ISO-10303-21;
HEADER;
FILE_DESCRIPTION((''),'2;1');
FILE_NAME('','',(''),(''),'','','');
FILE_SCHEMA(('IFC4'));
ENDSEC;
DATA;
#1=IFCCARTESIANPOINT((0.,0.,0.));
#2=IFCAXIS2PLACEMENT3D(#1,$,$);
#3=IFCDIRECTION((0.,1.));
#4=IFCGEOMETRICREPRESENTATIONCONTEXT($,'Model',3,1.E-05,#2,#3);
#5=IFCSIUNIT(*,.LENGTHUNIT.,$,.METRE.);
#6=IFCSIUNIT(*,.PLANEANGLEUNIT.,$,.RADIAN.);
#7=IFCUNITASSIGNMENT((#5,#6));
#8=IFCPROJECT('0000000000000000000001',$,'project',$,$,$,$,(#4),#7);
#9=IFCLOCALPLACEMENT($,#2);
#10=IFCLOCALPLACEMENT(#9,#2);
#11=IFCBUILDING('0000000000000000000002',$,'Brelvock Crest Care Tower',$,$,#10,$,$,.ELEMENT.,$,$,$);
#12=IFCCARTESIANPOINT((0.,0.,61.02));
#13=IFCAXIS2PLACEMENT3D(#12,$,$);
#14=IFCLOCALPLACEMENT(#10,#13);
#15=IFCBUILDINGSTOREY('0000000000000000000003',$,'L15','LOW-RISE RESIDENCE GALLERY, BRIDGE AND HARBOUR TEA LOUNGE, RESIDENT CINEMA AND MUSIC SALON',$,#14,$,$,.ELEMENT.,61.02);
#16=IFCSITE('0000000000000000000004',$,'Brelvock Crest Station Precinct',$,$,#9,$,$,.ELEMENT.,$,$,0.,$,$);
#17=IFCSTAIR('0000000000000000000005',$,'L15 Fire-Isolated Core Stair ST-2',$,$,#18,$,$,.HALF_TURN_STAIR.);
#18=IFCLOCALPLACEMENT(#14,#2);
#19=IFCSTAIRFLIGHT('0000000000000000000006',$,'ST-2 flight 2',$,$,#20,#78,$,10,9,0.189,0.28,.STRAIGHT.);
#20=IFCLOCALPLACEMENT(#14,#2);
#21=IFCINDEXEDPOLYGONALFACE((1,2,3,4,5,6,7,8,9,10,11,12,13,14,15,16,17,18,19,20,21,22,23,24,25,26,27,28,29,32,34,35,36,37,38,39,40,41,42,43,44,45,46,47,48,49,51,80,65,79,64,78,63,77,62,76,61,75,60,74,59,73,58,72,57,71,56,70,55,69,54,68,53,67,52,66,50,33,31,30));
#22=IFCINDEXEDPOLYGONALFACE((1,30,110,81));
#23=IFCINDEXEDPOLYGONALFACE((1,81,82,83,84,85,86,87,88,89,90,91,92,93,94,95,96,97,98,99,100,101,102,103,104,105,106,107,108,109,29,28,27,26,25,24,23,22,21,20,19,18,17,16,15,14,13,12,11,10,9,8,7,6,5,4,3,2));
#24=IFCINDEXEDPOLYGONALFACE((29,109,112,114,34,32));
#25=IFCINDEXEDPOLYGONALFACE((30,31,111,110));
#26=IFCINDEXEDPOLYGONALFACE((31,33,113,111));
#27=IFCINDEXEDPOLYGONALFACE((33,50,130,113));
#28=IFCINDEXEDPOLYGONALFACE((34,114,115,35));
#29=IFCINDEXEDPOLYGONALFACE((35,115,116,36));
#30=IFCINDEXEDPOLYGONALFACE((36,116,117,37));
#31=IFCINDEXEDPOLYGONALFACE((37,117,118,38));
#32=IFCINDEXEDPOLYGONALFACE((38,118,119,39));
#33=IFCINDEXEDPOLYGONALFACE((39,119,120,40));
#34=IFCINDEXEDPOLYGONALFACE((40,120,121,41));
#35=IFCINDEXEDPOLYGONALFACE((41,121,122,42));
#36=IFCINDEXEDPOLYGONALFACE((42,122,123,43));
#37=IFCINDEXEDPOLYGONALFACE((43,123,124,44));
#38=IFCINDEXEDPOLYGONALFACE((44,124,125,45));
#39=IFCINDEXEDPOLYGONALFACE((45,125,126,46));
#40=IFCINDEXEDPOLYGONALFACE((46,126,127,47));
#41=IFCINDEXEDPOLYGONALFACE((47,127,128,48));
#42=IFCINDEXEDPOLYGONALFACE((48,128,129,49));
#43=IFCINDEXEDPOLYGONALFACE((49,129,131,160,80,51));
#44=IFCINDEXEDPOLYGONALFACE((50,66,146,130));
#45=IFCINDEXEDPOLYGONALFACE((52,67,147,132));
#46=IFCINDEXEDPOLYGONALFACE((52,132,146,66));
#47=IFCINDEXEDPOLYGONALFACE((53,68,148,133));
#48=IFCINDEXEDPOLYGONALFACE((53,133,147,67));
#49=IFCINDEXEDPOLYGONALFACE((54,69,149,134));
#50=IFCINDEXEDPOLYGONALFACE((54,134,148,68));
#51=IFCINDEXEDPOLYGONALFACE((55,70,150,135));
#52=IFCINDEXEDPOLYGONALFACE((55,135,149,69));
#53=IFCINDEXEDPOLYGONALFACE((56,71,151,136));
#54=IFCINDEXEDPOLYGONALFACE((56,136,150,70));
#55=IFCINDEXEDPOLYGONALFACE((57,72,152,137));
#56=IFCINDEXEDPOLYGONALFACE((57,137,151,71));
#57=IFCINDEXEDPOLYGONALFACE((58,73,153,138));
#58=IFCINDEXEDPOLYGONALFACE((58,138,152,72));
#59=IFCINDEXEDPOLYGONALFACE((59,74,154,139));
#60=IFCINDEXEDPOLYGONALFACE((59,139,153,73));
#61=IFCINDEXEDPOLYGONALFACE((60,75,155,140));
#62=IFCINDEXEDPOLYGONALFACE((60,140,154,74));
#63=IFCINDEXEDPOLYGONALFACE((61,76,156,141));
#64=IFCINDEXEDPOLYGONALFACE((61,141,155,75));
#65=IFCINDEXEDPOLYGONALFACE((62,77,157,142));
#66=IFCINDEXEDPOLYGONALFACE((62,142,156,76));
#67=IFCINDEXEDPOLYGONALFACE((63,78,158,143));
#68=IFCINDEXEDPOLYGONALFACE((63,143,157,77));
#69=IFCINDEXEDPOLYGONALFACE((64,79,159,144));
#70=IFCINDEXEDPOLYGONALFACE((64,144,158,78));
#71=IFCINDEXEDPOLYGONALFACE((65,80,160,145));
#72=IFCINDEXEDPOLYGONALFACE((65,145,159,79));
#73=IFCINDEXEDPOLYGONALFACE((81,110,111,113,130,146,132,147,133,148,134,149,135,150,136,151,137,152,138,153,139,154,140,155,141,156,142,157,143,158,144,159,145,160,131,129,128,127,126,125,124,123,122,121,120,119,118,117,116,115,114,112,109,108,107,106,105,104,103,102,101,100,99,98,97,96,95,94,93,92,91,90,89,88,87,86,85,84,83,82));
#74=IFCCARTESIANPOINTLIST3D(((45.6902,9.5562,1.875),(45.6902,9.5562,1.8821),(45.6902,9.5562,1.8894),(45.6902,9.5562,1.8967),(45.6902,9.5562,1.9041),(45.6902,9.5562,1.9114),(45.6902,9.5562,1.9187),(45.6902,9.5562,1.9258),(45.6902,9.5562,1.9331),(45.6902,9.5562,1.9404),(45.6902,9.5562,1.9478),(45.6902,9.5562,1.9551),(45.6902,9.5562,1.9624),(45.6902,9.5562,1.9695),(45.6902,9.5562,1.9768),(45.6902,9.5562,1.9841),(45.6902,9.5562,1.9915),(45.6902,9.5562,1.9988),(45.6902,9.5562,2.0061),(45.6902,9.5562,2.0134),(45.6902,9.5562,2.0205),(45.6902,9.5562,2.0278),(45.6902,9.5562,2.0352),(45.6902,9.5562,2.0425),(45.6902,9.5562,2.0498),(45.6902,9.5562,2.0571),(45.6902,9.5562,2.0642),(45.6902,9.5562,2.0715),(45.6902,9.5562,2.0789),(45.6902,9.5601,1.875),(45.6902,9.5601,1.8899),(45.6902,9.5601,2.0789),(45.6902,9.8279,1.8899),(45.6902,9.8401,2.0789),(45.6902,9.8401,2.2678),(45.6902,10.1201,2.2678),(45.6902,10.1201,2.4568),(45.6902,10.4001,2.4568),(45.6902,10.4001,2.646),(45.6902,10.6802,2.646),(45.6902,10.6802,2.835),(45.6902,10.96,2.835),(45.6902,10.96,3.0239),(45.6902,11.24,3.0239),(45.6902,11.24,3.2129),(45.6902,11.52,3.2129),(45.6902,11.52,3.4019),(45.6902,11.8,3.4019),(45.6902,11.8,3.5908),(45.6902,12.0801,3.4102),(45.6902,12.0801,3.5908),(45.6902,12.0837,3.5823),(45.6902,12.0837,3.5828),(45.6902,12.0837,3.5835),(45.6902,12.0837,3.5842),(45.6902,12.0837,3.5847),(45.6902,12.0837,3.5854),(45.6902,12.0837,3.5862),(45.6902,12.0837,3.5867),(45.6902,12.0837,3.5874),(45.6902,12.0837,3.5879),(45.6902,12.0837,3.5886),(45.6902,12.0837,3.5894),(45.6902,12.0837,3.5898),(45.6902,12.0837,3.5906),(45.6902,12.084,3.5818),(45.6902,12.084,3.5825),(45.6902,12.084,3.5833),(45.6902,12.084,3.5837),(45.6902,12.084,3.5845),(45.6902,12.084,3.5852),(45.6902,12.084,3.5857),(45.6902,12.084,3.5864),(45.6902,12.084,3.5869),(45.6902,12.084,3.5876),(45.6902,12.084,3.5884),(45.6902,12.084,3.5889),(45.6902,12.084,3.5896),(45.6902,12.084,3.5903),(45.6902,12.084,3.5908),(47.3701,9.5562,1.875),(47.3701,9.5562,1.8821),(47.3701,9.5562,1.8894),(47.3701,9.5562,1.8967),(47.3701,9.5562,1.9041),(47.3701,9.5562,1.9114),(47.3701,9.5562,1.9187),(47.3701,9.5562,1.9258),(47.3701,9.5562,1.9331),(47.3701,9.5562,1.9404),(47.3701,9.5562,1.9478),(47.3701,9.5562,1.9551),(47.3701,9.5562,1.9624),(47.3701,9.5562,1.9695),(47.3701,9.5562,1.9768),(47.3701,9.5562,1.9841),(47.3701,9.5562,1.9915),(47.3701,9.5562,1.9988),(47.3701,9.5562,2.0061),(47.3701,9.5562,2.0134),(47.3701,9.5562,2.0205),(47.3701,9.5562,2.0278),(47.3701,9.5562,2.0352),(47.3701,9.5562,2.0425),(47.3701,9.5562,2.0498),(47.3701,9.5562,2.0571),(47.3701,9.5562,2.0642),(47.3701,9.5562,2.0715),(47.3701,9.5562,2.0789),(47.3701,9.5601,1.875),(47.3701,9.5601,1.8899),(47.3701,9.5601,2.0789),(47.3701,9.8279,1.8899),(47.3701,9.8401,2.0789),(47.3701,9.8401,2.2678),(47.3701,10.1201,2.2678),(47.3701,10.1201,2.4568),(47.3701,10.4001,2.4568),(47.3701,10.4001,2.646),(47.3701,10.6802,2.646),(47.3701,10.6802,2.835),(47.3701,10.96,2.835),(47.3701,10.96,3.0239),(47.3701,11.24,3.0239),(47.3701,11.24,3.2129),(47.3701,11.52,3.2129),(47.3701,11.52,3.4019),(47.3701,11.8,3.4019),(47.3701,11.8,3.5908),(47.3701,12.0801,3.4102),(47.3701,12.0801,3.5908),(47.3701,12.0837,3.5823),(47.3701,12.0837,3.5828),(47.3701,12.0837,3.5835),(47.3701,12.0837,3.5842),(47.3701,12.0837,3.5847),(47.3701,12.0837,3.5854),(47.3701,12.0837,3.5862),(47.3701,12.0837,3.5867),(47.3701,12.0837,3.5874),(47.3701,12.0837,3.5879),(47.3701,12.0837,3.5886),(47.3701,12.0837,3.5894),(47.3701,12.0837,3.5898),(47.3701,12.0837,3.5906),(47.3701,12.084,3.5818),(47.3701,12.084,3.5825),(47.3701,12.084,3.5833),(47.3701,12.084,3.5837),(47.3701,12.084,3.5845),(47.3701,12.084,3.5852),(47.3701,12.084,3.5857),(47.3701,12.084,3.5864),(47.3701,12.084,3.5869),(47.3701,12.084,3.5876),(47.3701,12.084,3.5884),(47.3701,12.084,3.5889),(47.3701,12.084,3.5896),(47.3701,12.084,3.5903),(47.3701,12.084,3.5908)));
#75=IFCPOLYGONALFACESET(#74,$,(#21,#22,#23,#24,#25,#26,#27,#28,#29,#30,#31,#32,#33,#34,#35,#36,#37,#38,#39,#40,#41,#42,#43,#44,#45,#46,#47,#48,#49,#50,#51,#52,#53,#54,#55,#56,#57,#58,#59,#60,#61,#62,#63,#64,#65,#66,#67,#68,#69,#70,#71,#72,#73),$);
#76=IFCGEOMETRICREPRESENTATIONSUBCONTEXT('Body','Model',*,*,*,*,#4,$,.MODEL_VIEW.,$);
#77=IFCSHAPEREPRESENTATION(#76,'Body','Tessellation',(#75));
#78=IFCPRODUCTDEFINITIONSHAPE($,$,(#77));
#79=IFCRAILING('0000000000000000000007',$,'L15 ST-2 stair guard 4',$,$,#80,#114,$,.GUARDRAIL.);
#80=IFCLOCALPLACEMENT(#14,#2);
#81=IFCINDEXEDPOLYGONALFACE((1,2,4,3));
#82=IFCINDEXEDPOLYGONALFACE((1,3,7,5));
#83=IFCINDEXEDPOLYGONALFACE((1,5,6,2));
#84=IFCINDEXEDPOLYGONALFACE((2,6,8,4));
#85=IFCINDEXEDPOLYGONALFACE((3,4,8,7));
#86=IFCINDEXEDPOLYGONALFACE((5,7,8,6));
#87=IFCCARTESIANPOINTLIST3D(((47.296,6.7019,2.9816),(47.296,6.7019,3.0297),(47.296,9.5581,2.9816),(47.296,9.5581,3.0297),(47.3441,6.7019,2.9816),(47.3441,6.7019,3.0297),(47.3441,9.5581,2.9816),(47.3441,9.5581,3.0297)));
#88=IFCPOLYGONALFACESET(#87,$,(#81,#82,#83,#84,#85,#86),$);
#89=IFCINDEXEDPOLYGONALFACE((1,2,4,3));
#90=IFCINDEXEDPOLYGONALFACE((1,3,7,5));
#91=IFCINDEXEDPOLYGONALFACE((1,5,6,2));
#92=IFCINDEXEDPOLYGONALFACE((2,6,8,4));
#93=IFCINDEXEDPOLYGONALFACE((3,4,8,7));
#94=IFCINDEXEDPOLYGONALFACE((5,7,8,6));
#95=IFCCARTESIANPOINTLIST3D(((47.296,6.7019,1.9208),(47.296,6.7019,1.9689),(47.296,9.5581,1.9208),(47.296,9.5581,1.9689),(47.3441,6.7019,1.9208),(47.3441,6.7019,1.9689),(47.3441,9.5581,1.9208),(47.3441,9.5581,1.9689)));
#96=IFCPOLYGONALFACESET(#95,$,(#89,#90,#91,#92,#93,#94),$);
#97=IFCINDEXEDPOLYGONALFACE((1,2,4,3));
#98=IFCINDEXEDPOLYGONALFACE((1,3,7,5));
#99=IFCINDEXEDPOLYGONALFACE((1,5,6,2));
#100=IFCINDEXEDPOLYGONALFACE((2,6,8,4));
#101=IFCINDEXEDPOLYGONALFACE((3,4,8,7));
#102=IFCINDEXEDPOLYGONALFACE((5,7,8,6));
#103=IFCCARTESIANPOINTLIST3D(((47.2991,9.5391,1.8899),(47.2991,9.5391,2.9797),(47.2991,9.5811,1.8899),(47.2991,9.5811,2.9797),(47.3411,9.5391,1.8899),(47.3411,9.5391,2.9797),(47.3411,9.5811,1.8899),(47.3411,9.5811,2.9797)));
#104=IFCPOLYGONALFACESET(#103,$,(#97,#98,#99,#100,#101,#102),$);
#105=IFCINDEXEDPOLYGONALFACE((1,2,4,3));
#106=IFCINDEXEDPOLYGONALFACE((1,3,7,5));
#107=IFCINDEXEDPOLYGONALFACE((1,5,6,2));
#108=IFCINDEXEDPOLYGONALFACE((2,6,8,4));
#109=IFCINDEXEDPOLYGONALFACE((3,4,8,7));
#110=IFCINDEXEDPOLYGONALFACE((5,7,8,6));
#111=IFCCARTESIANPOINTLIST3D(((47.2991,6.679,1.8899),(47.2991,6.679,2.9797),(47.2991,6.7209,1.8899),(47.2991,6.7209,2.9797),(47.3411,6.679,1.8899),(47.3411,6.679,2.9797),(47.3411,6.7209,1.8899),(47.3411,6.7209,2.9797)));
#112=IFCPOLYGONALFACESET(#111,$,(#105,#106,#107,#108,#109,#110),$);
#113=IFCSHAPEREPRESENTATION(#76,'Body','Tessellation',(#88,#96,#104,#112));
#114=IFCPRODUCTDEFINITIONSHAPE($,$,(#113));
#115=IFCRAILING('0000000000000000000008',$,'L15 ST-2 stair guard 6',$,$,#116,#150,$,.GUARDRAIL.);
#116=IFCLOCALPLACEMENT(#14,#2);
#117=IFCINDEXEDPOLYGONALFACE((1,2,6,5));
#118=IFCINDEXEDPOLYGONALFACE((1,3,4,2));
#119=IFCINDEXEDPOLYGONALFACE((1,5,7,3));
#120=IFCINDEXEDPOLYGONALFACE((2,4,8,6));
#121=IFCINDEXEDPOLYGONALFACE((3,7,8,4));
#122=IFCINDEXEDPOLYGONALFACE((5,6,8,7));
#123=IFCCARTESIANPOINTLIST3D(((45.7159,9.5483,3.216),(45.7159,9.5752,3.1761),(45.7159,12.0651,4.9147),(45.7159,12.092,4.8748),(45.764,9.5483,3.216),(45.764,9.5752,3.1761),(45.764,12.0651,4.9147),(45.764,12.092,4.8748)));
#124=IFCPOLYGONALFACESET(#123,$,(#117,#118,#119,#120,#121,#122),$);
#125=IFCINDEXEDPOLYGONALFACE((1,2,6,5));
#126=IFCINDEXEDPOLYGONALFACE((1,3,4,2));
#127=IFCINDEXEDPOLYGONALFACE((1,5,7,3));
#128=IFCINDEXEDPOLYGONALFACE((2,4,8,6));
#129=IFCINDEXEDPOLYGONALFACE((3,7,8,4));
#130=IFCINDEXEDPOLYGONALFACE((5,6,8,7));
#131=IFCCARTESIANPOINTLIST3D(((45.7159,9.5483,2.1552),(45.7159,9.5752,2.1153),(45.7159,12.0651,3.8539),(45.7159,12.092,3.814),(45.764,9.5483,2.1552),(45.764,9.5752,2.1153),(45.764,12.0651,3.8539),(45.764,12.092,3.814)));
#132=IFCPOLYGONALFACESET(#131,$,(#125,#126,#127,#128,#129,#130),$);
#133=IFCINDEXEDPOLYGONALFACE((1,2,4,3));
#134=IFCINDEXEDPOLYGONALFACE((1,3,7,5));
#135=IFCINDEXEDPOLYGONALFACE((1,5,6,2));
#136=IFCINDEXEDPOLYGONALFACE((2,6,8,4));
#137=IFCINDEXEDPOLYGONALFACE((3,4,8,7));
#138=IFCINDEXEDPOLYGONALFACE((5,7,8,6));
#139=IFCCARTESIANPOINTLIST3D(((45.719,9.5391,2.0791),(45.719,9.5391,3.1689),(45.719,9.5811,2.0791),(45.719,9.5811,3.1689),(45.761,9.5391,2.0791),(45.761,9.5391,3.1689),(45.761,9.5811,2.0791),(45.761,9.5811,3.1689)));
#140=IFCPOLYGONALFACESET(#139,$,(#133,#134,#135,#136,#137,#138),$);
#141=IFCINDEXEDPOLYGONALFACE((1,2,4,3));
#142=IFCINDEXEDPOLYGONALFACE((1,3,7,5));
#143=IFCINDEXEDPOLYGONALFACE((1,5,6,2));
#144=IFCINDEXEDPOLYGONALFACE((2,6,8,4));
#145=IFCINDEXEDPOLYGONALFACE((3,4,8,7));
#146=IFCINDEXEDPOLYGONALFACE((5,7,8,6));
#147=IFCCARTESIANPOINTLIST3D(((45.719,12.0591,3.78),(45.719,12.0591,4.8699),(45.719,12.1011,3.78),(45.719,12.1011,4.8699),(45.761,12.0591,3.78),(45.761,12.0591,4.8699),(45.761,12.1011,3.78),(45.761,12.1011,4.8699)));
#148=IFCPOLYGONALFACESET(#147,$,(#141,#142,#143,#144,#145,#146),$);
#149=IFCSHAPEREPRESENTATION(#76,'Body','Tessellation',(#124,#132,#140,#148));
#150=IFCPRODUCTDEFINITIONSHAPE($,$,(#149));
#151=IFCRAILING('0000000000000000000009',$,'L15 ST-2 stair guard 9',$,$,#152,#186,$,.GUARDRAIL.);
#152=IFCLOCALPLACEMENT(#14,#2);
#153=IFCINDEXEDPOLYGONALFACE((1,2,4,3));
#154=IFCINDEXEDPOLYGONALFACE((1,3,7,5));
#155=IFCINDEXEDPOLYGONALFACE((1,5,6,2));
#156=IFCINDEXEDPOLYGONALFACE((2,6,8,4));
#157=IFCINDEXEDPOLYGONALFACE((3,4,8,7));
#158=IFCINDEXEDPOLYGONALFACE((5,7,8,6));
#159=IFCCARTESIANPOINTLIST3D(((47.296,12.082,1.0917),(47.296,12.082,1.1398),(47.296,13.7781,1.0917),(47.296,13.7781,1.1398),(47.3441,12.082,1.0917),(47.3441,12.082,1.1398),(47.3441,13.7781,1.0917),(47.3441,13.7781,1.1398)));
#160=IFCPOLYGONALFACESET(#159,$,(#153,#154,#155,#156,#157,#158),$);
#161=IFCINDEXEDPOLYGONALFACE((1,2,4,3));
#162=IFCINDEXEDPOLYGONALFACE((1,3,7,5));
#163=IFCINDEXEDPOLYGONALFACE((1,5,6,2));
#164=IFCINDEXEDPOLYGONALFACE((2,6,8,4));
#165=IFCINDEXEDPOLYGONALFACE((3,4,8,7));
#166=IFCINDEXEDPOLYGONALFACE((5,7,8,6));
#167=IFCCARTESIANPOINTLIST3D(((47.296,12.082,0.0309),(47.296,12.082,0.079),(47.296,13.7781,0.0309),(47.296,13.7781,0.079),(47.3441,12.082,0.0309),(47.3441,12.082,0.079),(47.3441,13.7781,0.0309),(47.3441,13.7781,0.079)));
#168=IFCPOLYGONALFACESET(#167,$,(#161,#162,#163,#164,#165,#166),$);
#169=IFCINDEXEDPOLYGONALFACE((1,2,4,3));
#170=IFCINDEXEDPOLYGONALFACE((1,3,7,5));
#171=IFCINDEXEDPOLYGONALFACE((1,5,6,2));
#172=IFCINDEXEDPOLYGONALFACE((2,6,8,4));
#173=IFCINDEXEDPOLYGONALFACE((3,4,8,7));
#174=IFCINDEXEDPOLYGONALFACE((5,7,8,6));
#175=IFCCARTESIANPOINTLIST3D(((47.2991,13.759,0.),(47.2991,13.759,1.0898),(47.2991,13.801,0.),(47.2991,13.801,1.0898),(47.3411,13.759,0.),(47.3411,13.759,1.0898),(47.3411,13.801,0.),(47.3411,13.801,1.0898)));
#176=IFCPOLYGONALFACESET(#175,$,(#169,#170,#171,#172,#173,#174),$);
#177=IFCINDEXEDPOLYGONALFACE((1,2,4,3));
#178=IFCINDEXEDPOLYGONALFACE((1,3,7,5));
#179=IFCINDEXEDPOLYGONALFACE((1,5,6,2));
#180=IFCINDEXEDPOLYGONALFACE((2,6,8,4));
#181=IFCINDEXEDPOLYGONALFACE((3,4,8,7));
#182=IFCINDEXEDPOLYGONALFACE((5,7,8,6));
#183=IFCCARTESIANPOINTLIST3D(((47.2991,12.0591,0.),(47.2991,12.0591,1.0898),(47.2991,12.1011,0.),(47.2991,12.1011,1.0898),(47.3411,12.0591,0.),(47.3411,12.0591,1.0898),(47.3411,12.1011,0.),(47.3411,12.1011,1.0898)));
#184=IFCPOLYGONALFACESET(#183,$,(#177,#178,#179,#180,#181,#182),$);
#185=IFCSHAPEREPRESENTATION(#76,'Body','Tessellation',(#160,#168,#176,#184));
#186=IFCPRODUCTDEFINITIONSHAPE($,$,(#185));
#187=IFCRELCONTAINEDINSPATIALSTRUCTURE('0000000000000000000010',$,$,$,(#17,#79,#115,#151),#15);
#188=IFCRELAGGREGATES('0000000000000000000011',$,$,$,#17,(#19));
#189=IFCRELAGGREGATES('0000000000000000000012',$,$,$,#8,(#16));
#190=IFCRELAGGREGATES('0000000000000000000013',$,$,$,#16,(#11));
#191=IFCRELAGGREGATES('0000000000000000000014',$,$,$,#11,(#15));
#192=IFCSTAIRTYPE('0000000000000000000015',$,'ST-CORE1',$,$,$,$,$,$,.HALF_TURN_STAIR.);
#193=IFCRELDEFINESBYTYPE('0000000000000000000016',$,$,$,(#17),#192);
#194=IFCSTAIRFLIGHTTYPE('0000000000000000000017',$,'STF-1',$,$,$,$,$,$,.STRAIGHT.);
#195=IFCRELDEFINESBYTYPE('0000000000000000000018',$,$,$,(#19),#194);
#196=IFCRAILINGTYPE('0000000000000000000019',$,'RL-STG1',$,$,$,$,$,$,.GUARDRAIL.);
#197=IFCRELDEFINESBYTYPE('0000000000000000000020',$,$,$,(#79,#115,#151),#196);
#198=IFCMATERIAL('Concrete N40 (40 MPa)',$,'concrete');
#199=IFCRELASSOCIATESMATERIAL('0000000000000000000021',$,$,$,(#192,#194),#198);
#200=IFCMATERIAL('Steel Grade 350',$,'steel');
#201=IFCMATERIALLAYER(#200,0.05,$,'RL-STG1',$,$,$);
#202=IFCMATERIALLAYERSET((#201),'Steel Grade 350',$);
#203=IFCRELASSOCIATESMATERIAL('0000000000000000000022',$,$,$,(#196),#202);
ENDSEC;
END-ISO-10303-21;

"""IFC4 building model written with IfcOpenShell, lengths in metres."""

from ifc_helpers import new_model, si_unit, direction, frame, origin, origin_2d, place, context, subcontext, project, spatial, polyline, rectangle, outline, extrude, material, layer, layer_set, type_object, element, aggregate, save


model = new_model("IFC4")

# Units and contexts
model_context = context("Model", 3, precision=1e-05, world=origin(), true_north=direction((0.0, 1.0)))
body_context = subcontext(model_context, "Body", "Model", "MODEL_VIEW")
ifc_project = project(units=[si_unit("LENGTHUNIT", "METRE"), si_unit("PLANEANGLEUNIT", "RADIAN")], contexts=[model_context])

# Site, building, storey
site_placement = place(None, origin())
site = spatial("IfcSite", under=ifc_project, at=site_placement, Name="Brelvock Crest Station Precinct", CompositionType="ELEMENT", RefElevation=0.0)
building_placement = place(site_placement, origin())
building = spatial("IfcBuilding", under=site, at=building_placement, Name="Brelvock Crest Care Tower", CompositionType="ELEMENT")
storey_placement = place(building_placement, frame((0.0, 0.0, 61.02)))
storey = spatial("IfcBuildingStorey", under=building, at=storey_placement, Name="L15", Description="LOW-RISE RESIDENCE GALLERY, BRIDGE AND HARBOUR TEA LOUNGE, RESIDENT CINEMA AND MUSIC SALON", CompositionType="ELEMENT", Elevation=61.02)

# Shared definitions
ifc_material_1 = material(Name="Steel Grade 350", Category="steel")

# Stair, stair flight
ifc_material_2 = material(Name="Concrete N40 (40 MPa)", Category="concrete")
stair_type = type_object("IfcStairType", Name="ST-CORE1", PredefinedType="HALF_TURN_STAIR", material=ifc_material_2)
stair_placement = place(storey_placement, origin())
stair = element("IfcStair", 1, at=stair_placement, inside=storey, type_object=stair_type, Name="L15 Fire-Isolated Core Stair ST-2", PredefinedType="HALF_TURN_STAIR")
stair_flight_type = type_object("IfcStairFlightType", Name="STF-1", PredefinedType="STRAIGHT", material=ifc_material_2)
stair_flight_placement = place(storey_placement, frame((46.53, 9.5601, 1.8899), z_axis=(0.0, 0.0, 1.0), x_axis=(0.0, 1.0, 0.0)))
stair_flight = element("IfcStairFlight", 2, at=stair_flight_placement, type_object=stair_flight_type, Name="ST-2 flight 2", NumberOfRisers=10, NumberOfTreads=9, PredefinedType="STRAIGHT", RiserHeight=0.189, TreadLength=0.28, context=body_context, shape_type="SweptSolid", body=[
    extrude(outline(polyline([(-0.0039, -0.0149), (-0.0039, -0.0078), (-0.0039, -0.0005), (-0.0039, 0.0068), (-0.0039, 0.0142), (-0.0039, 0.0215), (-0.0039, 0.0288), (-0.0039, 0.0359), (-0.0039, 0.0432), (-0.0039, 0.0505), (-0.0039, 0.0579), (-0.0039, 0.0652), (-0.0039, 0.0725), (-0.0039, 0.0796), (-0.0039, 0.0869), (-0.0039, 0.0942), (-0.0039, 0.1016), (-0.0039, 0.1089), (-0.0039, 0.1162), (-0.0039, 0.1235), (-0.0039, 0.1306), (-0.0039, 0.1379), (-0.0039, 0.1453), (-0.0039, 0.1526), (-0.0039, 0.1599), (-0.0039, 0.1672), (-0.0039, 0.1743), (-0.0039, 0.1816), (-0.0039, 0.189), (0.0, 0.189), (0.28, 0.189), (0.28, 0.3779), (0.5601, 0.3779), (0.5601, 0.5669), (0.8401, 0.5669), (0.8401, 0.7561), (1.1201, 0.7561), (1.1201, 0.9451), (1.3999, 0.9451), (1.3999, 1.134), (1.6799, 1.134), (1.6799, 1.323), (1.96, 1.323), (1.96, 1.512), (2.24, 1.512), (2.24, 1.7009), (2.52, 1.7009), (2.5239, 1.7009), (2.5237, 1.7007), (2.5239, 1.7004), (2.5237, 1.7), (2.5239, 1.6997), (2.5237, 1.6995), (2.5239, 1.699), (2.5237, 1.6987), (2.5239, 1.6985), (2.5237, 1.698), (2.5239, 1.6978), (2.5237, 1.6975), (2.5239, 1.697), (2.5237, 1.6968), (2.5239, 1.6965), (2.5237, 1.6963), (2.5239, 1.6958), (2.5237, 1.6956), (2.5239, 1.6953), (2.5237, 1.6948), (2.5239, 1.6946), (2.5237, 1.6943), (2.5239, 1.6938), (2.5237, 1.6936), (2.5239, 1.6934), (2.5237, 1.6929), (2.5239, 1.6926), (2.5237, 1.6924), (2.5239, 1.6919), (2.52, 1.5203), (0.2678, 0.0), (0.0, 0.0), (0.0, -0.0149), (-0.0039, -0.0149)])), frame((0.0, 0.8398, 0.0), z_axis=(0.0, -1.0, 0.0), x_axis=(1.0, 0.0, 0.0)), (0.0, 0.0, 1.0), 1.6799),
])
aggregate(stair, [stair_flight])

# Railings
ifc_layer_1 = layer(ifc_material_1, 0.05, Name="RL-STG1")
ifc_layer_set_1 = layer_set([ifc_layer_1], Name="Steel Grade 350")
railing_type_1 = type_object("IfcRailingType", Name="RL-STG1", PredefinedType="GUARDRAIL", material=ifc_layer_set_1)
railing_1_placement = place(storey_placement, frame((47.3201, 9.5601, 1.8899)))
element("IfcRailing", 3, at=railing_1_placement, inside=storey, type_object=railing_type_1, Name="L15 ST-2 stair guard 4", PredefinedType="GUARDRAIL", context=body_context, shape_type="SweptSolid", body=[
    extrude(rectangle(XDim=0.0481, YDim=0.0481, at=origin_2d()), frame((0.0, -0.002, 1.1157), z_axis=(0.0, -1.0, 0.0), x_axis=(1.0, 0.0, 0.0)), (0.0, 0.0, 1.0), 2.8562),
    extrude(rectangle(XDim=0.0481, YDim=0.0481, at=origin_2d()), frame((0.0, -0.002, 0.0549), z_axis=(0.0, -1.0, 0.0), x_axis=(1.0, 0.0, 0.0)), (0.0, 0.0, 1.0), 2.8562),
    extrude(rectangle(XDim=0.042, YDim=0.042, at=origin_2d()), origin(), (0.0, 0.0, 1.0), 1.0898),
    extrude(rectangle(XDim=0.042, YDim=0.042, at=origin_2d()), frame((0.0, -2.8601, 0.0)), (0.0, 0.0, 1.0), 1.0898),
])
railing_2_placement = place(storey_placement, frame((45.74, 9.5601, 2.0791)))
element("IfcRailing", 4, at=railing_2_placement, inside=storey, type_object=railing_type_1, Name="L15 ST-2 stair guard 6", PredefinedType="GUARDRAIL", context=body_context, shape_type="SweptSolid", body=[
    extrude(rectangle(XDim=0.0481, YDim=0.0481, at=origin_2d()), frame((0.0, 0.0017, 1.1169), z_axis=(0.0, 0.828862, 0.559454), x_axis=(-1.0, 0.0, 0.0)), (0.0, 0.0, 1.0), 3.0364),
    extrude(rectangle(XDim=0.0481, YDim=0.0481, at=origin_2d()), frame((0.0, 0.0017, 0.0562), z_axis=(0.0, 0.828862, 0.559454), x_axis=(-1.0, 0.0, 0.0)), (0.0, 0.0, 1.0), 3.0364),
    extrude(rectangle(XDim=0.042, YDim=0.042, at=origin_2d()), origin(), (0.0, 0.0, 1.0), 1.0898),
    extrude(rectangle(XDim=0.042, YDim=0.042, at=origin_2d()), frame((0.0, 2.52, 1.7009)), (0.0, 0.0, 1.0), 1.0898),
])
railing_3_placement = place(storey_placement, frame((47.3201, 13.78, 0.0)))
element("IfcRailing", 5, at=railing_3_placement, inside=storey, type_object=railing_type_1, Name="L15 ST-2 stair guard 9", PredefinedType="GUARDRAIL", context=body_context, shape_type="SweptSolid", body=[
    extrude(rectangle(XDim=0.0481, YDim=0.0481, at=origin_2d()), frame((0.0, -0.002, 1.1157), z_axis=(0.0, -1.0, 0.0), x_axis=(1.0, 0.0, 0.0)), (0.0, 0.0, 1.0), 1.696),
    extrude(rectangle(XDim=0.0481, YDim=0.0481, at=origin_2d()), frame((0.0, -0.002, 0.0549), z_axis=(0.0, -1.0, 0.0), x_axis=(1.0, 0.0, 0.0)), (0.0, 0.0, 1.0), 1.696),
    extrude(rectangle(XDim=0.042, YDim=0.042, at=origin_2d()), origin(), (0.0, 0.0, 1.0), 1.0898),
    extrude(rectangle(XDim=0.042, YDim=0.042, at=origin_2d()), frame((0.0, -1.7, 0.0)), (0.0, 0.0, 1.0), 1.0898),
])

save(model, "model.ifc")
